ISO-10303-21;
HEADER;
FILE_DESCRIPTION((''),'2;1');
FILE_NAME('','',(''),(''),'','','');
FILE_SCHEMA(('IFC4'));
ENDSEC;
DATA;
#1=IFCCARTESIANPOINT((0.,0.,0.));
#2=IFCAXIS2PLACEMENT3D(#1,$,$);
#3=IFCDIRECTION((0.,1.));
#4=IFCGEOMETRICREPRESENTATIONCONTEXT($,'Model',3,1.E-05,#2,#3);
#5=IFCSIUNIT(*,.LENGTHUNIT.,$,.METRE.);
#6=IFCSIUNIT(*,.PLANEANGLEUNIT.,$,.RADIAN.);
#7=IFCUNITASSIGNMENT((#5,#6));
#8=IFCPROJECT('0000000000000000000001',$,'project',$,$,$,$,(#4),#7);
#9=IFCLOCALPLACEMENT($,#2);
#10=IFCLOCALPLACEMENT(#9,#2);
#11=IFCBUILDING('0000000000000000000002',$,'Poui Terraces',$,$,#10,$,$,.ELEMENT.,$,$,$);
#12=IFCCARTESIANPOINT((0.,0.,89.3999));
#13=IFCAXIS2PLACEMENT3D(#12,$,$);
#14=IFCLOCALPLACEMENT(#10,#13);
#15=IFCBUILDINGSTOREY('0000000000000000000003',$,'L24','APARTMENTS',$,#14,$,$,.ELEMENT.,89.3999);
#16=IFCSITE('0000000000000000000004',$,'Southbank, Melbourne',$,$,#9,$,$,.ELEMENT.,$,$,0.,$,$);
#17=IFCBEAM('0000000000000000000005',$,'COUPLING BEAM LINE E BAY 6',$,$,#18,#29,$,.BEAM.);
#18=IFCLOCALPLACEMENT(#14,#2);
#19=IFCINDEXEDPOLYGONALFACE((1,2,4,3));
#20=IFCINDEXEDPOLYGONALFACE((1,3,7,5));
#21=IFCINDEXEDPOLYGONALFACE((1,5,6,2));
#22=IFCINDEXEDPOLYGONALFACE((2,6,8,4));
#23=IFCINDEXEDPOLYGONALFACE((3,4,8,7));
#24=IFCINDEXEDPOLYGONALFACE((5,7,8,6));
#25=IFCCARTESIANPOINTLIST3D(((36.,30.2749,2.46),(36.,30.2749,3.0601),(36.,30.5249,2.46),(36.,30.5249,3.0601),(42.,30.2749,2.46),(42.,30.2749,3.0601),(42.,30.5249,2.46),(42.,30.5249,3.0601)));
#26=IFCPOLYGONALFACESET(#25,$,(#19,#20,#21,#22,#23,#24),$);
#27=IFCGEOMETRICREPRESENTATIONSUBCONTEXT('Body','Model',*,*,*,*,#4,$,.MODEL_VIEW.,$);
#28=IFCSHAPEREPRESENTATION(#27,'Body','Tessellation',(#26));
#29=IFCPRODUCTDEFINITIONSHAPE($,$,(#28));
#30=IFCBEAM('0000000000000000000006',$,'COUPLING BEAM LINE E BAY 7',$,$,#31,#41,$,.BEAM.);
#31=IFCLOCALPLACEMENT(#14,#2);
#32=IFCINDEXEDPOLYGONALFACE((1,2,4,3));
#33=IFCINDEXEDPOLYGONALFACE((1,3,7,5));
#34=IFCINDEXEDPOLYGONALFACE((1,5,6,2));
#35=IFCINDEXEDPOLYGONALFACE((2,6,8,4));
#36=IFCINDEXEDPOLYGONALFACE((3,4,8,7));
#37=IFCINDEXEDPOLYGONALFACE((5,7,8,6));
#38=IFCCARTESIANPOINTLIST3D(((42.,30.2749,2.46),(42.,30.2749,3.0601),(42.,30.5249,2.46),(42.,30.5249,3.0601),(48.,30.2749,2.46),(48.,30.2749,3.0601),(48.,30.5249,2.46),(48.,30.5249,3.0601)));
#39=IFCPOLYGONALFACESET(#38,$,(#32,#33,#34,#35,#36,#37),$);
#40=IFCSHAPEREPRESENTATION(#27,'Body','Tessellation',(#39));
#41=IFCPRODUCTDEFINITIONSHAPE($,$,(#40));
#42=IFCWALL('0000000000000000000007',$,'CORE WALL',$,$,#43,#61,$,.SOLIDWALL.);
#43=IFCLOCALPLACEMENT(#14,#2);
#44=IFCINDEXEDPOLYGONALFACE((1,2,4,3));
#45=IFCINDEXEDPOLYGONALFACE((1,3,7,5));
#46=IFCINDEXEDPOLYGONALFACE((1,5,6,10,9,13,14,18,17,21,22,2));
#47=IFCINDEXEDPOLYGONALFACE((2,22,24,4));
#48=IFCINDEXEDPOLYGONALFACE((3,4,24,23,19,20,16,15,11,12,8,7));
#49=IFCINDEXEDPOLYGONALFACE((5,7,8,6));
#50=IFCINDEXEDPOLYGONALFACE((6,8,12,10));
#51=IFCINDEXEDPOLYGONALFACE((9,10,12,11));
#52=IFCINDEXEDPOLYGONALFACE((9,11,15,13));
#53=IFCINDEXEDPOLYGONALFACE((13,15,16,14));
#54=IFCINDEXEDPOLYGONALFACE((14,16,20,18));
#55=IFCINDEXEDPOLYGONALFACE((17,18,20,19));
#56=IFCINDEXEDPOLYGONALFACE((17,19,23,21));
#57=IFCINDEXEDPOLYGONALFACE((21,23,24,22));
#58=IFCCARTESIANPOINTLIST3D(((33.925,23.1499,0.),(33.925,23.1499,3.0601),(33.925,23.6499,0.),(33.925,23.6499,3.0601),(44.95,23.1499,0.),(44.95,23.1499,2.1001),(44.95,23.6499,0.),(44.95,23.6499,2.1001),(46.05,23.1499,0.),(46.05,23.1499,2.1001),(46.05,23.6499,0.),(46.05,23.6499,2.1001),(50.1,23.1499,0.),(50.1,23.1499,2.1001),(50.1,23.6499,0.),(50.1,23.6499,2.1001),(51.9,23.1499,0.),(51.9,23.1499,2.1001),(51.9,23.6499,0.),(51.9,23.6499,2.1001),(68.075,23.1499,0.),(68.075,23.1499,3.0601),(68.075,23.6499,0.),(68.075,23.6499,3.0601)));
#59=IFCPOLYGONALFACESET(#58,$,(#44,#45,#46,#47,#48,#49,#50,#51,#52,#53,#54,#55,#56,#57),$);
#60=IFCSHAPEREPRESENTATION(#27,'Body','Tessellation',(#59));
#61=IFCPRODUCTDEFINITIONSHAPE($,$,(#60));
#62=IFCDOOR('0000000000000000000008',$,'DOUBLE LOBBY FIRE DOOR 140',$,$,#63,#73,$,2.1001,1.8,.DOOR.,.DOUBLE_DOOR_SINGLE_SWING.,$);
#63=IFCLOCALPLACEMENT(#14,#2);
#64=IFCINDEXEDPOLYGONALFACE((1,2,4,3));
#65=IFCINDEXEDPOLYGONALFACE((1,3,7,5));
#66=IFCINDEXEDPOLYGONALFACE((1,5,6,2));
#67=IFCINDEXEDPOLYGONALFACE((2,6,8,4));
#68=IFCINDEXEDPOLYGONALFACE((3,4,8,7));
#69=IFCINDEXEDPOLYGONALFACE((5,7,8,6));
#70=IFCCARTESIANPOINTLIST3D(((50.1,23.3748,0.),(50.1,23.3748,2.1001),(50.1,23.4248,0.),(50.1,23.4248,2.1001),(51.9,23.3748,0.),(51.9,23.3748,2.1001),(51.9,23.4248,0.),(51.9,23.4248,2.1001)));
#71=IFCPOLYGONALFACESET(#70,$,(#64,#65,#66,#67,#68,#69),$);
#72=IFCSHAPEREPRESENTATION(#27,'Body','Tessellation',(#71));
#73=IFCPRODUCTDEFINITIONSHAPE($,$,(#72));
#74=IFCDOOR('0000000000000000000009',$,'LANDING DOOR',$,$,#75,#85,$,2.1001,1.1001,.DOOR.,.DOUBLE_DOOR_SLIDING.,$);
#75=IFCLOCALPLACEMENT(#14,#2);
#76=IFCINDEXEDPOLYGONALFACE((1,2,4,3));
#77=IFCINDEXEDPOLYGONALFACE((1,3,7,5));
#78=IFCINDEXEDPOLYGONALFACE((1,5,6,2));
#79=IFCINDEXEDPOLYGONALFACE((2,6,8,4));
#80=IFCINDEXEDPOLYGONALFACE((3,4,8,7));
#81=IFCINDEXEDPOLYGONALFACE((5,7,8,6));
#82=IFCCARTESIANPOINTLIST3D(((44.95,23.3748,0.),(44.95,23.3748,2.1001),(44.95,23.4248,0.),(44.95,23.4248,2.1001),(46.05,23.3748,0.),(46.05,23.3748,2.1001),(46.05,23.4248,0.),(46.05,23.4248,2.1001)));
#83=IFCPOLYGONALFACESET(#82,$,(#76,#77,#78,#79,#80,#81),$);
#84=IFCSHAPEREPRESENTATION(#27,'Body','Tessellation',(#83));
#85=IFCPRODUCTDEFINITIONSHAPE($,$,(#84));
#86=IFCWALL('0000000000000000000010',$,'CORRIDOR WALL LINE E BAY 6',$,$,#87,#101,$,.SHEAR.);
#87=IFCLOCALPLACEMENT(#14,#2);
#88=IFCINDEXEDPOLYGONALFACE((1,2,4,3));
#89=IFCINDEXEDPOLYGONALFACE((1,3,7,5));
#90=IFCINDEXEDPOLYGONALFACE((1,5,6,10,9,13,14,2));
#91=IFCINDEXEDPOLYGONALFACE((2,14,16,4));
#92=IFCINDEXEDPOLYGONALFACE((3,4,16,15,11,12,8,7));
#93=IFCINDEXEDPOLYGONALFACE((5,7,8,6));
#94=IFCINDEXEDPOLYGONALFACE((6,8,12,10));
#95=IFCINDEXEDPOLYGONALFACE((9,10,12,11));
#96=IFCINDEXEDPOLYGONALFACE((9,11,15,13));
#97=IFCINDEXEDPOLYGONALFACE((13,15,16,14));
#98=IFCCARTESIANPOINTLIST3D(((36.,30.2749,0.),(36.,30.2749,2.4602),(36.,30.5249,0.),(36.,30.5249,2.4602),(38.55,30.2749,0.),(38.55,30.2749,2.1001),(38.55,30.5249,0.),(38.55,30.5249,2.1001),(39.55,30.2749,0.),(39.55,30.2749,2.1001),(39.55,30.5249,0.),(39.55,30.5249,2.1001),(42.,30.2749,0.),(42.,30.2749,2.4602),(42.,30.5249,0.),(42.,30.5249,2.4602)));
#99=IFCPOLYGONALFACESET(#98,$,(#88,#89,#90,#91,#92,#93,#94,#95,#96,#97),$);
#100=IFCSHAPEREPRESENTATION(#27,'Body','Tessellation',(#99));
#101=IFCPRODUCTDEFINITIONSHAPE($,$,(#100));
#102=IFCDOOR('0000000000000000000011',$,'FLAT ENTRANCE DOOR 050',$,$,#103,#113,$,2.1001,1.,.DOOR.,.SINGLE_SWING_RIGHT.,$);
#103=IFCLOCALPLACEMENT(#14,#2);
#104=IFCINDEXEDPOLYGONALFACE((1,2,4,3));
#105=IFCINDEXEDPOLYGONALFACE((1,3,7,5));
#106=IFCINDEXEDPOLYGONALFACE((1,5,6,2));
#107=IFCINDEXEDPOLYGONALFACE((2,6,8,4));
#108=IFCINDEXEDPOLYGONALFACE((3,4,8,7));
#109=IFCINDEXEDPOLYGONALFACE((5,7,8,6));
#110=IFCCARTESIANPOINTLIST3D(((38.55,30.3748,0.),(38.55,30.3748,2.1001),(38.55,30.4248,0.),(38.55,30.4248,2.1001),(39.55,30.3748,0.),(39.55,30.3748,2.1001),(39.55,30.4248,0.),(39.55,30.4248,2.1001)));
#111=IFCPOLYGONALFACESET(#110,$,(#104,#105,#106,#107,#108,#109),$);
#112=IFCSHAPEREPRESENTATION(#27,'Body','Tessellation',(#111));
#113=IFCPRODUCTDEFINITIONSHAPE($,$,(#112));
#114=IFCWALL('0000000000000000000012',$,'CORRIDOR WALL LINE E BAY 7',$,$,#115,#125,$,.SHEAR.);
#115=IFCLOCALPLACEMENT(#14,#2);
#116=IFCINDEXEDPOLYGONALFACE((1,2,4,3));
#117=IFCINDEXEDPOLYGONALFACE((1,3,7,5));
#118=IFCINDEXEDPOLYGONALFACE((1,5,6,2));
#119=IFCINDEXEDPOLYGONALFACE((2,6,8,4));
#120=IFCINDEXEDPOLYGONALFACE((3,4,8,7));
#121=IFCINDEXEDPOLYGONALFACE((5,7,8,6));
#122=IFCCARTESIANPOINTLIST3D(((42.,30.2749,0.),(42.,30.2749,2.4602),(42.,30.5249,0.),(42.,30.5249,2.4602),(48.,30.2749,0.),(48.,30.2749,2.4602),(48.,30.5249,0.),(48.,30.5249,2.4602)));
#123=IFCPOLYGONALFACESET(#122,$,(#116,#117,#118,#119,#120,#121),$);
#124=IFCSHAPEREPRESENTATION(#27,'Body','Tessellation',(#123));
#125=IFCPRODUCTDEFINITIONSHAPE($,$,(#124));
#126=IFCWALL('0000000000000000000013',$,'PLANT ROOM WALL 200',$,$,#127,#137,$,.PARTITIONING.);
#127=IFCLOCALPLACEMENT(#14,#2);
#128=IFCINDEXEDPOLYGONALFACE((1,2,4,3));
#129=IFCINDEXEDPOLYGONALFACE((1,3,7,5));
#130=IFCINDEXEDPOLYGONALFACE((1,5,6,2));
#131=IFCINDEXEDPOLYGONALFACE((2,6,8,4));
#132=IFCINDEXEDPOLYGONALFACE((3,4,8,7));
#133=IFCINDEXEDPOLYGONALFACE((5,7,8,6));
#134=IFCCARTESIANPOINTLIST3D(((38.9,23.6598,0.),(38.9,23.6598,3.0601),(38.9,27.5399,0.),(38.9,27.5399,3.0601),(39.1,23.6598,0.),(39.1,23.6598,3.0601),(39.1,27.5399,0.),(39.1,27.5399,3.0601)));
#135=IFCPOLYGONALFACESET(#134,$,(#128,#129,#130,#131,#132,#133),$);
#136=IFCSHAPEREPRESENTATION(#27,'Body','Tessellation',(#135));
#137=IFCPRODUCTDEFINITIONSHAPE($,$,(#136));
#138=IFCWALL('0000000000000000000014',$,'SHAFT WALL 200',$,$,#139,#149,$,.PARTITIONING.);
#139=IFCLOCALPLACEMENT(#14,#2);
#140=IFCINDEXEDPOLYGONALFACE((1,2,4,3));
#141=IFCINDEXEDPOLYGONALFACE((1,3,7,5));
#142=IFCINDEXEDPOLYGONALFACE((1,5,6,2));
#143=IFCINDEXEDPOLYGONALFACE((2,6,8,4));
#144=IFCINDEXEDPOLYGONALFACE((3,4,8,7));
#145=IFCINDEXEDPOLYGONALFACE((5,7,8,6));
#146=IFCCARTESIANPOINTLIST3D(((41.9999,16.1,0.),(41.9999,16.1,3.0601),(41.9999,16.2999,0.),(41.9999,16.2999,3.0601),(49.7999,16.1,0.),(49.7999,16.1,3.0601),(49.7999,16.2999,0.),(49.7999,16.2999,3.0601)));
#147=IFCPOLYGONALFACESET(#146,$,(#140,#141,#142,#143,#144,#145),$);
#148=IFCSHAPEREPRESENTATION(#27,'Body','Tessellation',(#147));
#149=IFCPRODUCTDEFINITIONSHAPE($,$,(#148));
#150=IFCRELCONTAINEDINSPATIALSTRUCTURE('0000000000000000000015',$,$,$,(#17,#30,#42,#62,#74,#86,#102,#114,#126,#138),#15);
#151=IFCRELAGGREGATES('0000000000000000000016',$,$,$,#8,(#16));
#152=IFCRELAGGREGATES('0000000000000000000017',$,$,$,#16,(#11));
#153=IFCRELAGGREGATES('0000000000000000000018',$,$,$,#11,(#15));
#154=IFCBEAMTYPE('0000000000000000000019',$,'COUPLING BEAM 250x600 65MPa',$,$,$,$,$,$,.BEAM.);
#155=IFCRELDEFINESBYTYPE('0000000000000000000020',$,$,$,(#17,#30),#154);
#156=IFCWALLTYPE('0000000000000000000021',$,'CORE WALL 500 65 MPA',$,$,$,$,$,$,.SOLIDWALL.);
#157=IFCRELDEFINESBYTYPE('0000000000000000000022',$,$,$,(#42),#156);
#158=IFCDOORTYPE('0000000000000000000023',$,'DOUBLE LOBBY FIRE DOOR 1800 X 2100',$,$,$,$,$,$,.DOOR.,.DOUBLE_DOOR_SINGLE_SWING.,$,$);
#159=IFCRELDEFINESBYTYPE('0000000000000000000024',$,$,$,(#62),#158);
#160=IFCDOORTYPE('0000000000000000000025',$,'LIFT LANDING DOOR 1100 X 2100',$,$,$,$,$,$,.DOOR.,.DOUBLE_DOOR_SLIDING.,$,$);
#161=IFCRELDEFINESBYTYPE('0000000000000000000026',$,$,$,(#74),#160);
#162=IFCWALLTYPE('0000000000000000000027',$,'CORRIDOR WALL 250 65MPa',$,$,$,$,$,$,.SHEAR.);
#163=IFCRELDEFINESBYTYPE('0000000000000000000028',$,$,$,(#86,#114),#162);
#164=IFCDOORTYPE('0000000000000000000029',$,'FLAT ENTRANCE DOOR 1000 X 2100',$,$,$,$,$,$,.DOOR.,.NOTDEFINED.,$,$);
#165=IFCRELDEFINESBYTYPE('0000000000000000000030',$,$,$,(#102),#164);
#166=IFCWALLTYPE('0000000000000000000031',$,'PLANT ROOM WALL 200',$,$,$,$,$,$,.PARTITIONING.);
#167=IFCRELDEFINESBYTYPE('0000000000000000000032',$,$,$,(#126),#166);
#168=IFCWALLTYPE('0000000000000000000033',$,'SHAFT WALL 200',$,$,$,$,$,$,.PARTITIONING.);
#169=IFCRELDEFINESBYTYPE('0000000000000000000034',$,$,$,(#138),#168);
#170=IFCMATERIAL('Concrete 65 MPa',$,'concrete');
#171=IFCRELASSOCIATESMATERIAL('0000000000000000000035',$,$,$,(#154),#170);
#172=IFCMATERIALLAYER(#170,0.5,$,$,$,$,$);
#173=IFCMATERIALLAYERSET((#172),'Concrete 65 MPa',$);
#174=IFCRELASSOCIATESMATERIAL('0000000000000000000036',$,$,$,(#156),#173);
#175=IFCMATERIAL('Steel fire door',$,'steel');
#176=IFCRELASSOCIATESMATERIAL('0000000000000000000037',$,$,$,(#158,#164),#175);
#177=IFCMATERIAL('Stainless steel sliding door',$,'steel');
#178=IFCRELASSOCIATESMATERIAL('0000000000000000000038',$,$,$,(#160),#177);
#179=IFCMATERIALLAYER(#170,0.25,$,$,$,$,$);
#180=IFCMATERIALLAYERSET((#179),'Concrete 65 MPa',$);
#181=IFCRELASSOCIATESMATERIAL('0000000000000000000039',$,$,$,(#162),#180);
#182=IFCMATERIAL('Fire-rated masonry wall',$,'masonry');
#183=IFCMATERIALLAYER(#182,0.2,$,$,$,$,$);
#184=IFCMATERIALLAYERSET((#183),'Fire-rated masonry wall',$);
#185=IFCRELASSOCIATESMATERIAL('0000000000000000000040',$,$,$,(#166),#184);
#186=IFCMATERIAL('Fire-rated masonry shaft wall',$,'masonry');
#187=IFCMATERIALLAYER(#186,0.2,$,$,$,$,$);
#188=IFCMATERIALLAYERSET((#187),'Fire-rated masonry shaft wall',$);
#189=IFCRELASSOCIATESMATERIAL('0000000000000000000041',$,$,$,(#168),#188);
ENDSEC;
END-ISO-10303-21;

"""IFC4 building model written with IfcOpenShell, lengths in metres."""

from ifc_helpers import new_model, si_unit, direction, frame, frame_2d, origin, origin_2d, place, context, subcontext, project, spatial, rectangle, extrude, source, transform, mapped, material, layer, layer_set, material_profile, profile_set, type_object, element, fill, save


model = new_model("IFC4")

# Units and contexts
model_context = context("Model", 3, precision=1e-05, world=origin(), true_north=direction((0.0, 1.0)))
body_context = subcontext(model_context, "Body", "Model", "MODEL_VIEW")
ifc_project = project(units=[si_unit("LENGTHUNIT", "METRE"), si_unit("PLANEANGLEUNIT", "RADIAN")], contexts=[model_context])

# Site, building, storey
site_placement = place(None, origin())
site = spatial("IfcSite", under=ifc_project, at=site_placement, Name="Southbank, Melbourne", CompositionType="ELEMENT", RefElevation=0.0)
building_placement = place(site_placement, origin())
building = spatial("IfcBuilding", under=site, at=building_placement, Name="Poui Terraces", CompositionType="ELEMENT")
storey_placement = place(building_placement, frame((0.0, 0.0, 89.3999)))
storey = spatial("IfcBuildingStorey", under=building, at=storey_placement, Name="L24", Description="APARTMENTS", CompositionType="ELEMENT", Elevation=89.3999)

# Beams
ifc_material_1 = material(Name="Concrete 65 MPa", Category="concrete")
ifc_material_profile = material_profile(ifc_material_1, rectangle(XDim=0.25, YDim=0.6001, at=origin_2d()), Name="RC 250x600")
ifc_profile_set = profile_set([ifc_material_profile], Name="Concrete 65 MPa")
beam_type = type_object("IfcBeamType", Name="COUPLING BEAM 250x600 65MPa", PredefinedType="BEAM", material=ifc_profile_set)
shared_shape = source(origin(), body_context, "Body", "SweptSolid", [
    extrude(rectangle(XDim=0.25, YDim=0.6001, at=origin_2d()), origin(), (0.0, 0.0, 1.0), 6.0),
])
for number, where, z_axis, x_axis, name in (
    (1, (36.0, 30.3999, 2.76), (1.0, 0.0, 0.0), (0.0, 1.0, 0.0), "COUPLING BEAM LINE E BAY 6"),
    (2, (42.0, 30.3999, 2.76), (1.0, 0.0, 0.0), (0.0, 1.0, 0.0), "COUPLING BEAM LINE E BAY 7"),
):
    element("IfcBeam", number, at=place(storey_placement, frame(where, z_axis=z_axis, x_axis=x_axis)), inside=storey, type_object=beam_type, Name=name, PredefinedType="BEAM", context=body_context, shape_type="MappedRepresentation", body=[
        mapped(shared_shape, transform((0.0, 0.0, 0.0))),
    ])

# Wall, openings, doors
ifc_layer_1 = layer(ifc_material_1, 0.5)
ifc_layer_set_1 = layer_set([ifc_layer_1], Name="Concrete 65 MPa")
wall_type_1 = type_object("IfcWallType", Name="CORE WALL 500 65 MPA", PredefinedType="SOLIDWALL", material=ifc_layer_set_1)
wall_1_placement = place(storey_placement, frame((33.925, 23.3999, 0.0), z_axis=(0.0, 0.0, 1.0), x_axis=(1.0, 0.0, 0.0)))
wall_1 = element("IfcWall", 3, at=wall_1_placement, inside=storey, type_object=wall_type_1, Name="CORE WALL", PredefinedType="SOLIDWALL", context=body_context, shape_type="SweptSolid", body=[
    extrude(rectangle(XDim=34.1499, YDim=0.5, at=frame_2d((17.075, 0.0))), origin(), (0.0, 0.0, 1.0), 3.0601),
])
opening_1_placement = place(wall_1_placement, frame((16.175, 0.0, 0.0)))
opening_1 = element("IfcOpeningElement", 4, at=opening_1_placement, cuts=wall_1, PredefinedType="OPENING", context=body_context, shape_type="SweptSolid", body=[
    extrude(rectangle(XDim=1.8, YDim=2.1001, at=frame_2d((0.8999, 1.05))), frame((0.0, 0.26, 0.0), z_axis=(0.0, -1.0, 0.0), x_axis=(1.0, 0.0, 0.0)), (0.0, 0.0, 1.0), 0.52),
])
opening_2_placement = place(wall_1_placement, frame((11.0249, 0.0, 0.0)))
opening_2 = element("IfcOpeningElement", 5, at=opening_2_placement, cuts=wall_1, PredefinedType="OPENING", context=body_context, shape_type="SweptSolid", body=[
    extrude(rectangle(XDim=1.1001, YDim=2.1001, at=frame_2d((0.55, 1.05))), frame((0.0, 0.26, 0.0), z_axis=(0.0, -1.0, 0.0), x_axis=(1.0, 0.0, 0.0)), (0.0, 0.0, 1.0), 0.52),
])
ifc_material_2 = material(Name="Steel fire door", Category="steel")
door_type_1 = type_object("IfcDoorType", Name="DOUBLE LOBBY FIRE DOOR 1800 X 2100", OperationType="DOUBLE_DOOR_SINGLE_SWING", PredefinedType="DOOR", material=ifc_material_2)
door_1_placement = place(opening_1_placement, origin())
door_1 = element("IfcDoor", 6, at=door_1_placement, inside=storey, type_object=door_type_1, Name="DOUBLE LOBBY FIRE DOOR 140", OperationType="DOUBLE_DOOR_SINGLE_SWING", OverallHeight=2.1001, OverallWidth=1.8, PredefinedType="DOOR", context=body_context, shape_type="SweptSolid", body=[
    extrude(rectangle(XDim=1.8, YDim=2.1001, at=frame_2d((0.8999, 1.05))), frame((0.0, 0.0249, 0.0), z_axis=(0.0, -1.0, 0.0), x_axis=(1.0, 0.0, 0.0)), (0.0, 0.0, 1.0), 0.05),
])
fill(opening_1, door_1)
ifc_material_3 = material(Name="Stainless steel sliding door", Category="steel")
door_type_2 = type_object("IfcDoorType", Name="LIFT LANDING DOOR 1100 X 2100", OperationType="DOUBLE_DOOR_SLIDING", PredefinedType="DOOR", material=ifc_material_3)
door_2_placement = place(opening_2_placement, origin())
door_2 = element("IfcDoor", 7, at=door_2_placement, inside=storey, type_object=door_type_2, Name="LANDING DOOR", OperationType="DOUBLE_DOOR_SLIDING", OverallHeight=2.1001, OverallWidth=1.1001, PredefinedType="DOOR", context=body_context, shape_type="SweptSolid", body=[
    extrude(rectangle(XDim=1.1001, YDim=2.1001, at=frame_2d((0.55, 1.05))), frame((0.0, 0.0249, 0.0), z_axis=(0.0, -1.0, 0.0), x_axis=(1.0, 0.0, 0.0)), (0.0, 0.0, 1.0), 0.05),
])
fill(opening_2, door_2)

# Wall, opening, door
ifc_layer_2 = layer(ifc_material_1, 0.25)
ifc_layer_set_2 = layer_set([ifc_layer_2], Name="Concrete 65 MPa")
wall_type_2 = type_object("IfcWallType", Name="CORRIDOR WALL 250 65MPa", PredefinedType="SHEAR", material=ifc_layer_set_2)
wall_2_placement = place(storey_placement, frame((36.0, 30.3999, 0.0), z_axis=(0.0, 0.0, 1.0), x_axis=(1.0, 0.0, 0.0)))
wall_2 = element("IfcWall", 8, at=wall_2_placement, inside=storey, type_object=wall_type_2, Name="CORRIDOR WALL LINE E BAY 6", PredefinedType="SHEAR", context=body_context, shape_type="SweptSolid", body=[
    extrude(rectangle(XDim=6.0, YDim=0.25, at=frame_2d((3.0, 0.0))), origin(), (0.0, 0.0, 1.0), 2.4602),
])
opening_3_placement = place(wall_2_placement, frame((2.55, 0.0, 0.0)))
opening_3 = element("IfcOpeningElement", 9, at=opening_3_placement, cuts=wall_2, PredefinedType="OPENING", context=body_context, shape_type="SweptSolid", body=[
    extrude(rectangle(XDim=1.0, YDim=2.1001, at=frame_2d((0.5, 1.05))), frame((0.0, 0.135, 0.0), z_axis=(0.0, -1.0, 0.0), x_axis=(1.0, 0.0, 0.0)), (0.0, 0.0, 1.0), 0.27),
])
door_type_3 = type_object("IfcDoorType", Name="FLAT ENTRANCE DOOR 1000 X 2100", OperationType="NOTDEFINED", PredefinedType="DOOR", material=ifc_material_2)
door_3_placement = place(opening_3_placement, origin())
door_3 = element("IfcDoor", 10, at=door_3_placement, inside=storey, type_object=door_type_3, Name="FLAT ENTRANCE DOOR 050", OperationType="SINGLE_SWING_RIGHT", OverallHeight=2.1001, OverallWidth=1.0, PredefinedType="DOOR", context=body_context, shape_type="SweptSolid", body=[
    extrude(rectangle(XDim=1.0, YDim=2.1001, at=frame_2d((0.5, 1.05))), frame((0.0, 0.0249, 0.0), z_axis=(0.0, -1.0, 0.0), x_axis=(1.0, 0.0, 0.0)), (0.0, 0.0, 1.0), 0.05),
])
fill(opening_3, door_3)

# Walls
wall_3_placement = place(storey_placement, frame((42.0, 30.3999, 0.0), z_axis=(0.0, 0.0, 1.0), x_axis=(1.0, 0.0, 0.0)))
element("IfcWall", 11, at=wall_3_placement, inside=storey, type_object=wall_type_2, Name="CORRIDOR WALL LINE E BAY 7", PredefinedType="SHEAR", context=body_context, shape_type="SweptSolid", body=[
    extrude(rectangle(XDim=6.0, YDim=0.25, at=frame_2d((3.0, 0.0))), origin(), (0.0, 0.0, 1.0), 2.4602),
])
ifc_material_4 = material(Name="Fire-rated masonry wall", Category="masonry")
ifc_layer_3 = layer(ifc_material_4, 0.2)
ifc_layer_set_3 = layer_set([ifc_layer_3], Name="Fire-rated masonry wall")
wall_type_3 = type_object("IfcWallType", Name="PLANT ROOM WALL 200", PredefinedType="PARTITIONING", material=ifc_layer_set_3)
wall_4_placement = place(storey_placement, frame((39.0, 23.6599, 0.0), z_axis=(0.0, 0.0, 1.0), x_axis=(0.0, 1.0, 0.0)))
element("IfcWall", 12, at=wall_4_placement, inside=storey, type_object=wall_type_3, Name="PLANT ROOM WALL 200", PredefinedType="PARTITIONING", context=body_context, shape_type="SweptSolid", body=[
    extrude(rectangle(XDim=3.8801, YDim=0.2, at=frame_2d((1.9399, 0.0))), origin(), (0.0, 0.0, 1.0), 3.0601),
])
ifc_material_5 = material(Name="Fire-rated masonry shaft wall", Category="masonry")
ifc_layer_4 = layer(ifc_material_5, 0.2)
ifc_layer_set_4 = layer_set([ifc_layer_4], Name="Fire-rated masonry shaft wall")
wall_type_4 = type_object("IfcWallType", Name="SHAFT WALL 200", PredefinedType="PARTITIONING", material=ifc_layer_set_4)
wall_5_placement = place(storey_placement, frame((42.0, 16.2, 0.0), z_axis=(0.0, 0.0, 1.0), x_axis=(1.0, 0.0, 0.0)))
element("IfcWall", 13, at=wall_5_placement, inside=storey, type_object=wall_type_4, Name="SHAFT WALL 200", PredefinedType="PARTITIONING", context=body_context, shape_type="SweptSolid", body=[
    extrude(rectangle(XDim=7.8, YDim=0.2, at=frame_2d((3.8999, 0.0))), origin(), (0.0, 0.0, 1.0), 3.0601),
])

save(model, "model.ifc")
